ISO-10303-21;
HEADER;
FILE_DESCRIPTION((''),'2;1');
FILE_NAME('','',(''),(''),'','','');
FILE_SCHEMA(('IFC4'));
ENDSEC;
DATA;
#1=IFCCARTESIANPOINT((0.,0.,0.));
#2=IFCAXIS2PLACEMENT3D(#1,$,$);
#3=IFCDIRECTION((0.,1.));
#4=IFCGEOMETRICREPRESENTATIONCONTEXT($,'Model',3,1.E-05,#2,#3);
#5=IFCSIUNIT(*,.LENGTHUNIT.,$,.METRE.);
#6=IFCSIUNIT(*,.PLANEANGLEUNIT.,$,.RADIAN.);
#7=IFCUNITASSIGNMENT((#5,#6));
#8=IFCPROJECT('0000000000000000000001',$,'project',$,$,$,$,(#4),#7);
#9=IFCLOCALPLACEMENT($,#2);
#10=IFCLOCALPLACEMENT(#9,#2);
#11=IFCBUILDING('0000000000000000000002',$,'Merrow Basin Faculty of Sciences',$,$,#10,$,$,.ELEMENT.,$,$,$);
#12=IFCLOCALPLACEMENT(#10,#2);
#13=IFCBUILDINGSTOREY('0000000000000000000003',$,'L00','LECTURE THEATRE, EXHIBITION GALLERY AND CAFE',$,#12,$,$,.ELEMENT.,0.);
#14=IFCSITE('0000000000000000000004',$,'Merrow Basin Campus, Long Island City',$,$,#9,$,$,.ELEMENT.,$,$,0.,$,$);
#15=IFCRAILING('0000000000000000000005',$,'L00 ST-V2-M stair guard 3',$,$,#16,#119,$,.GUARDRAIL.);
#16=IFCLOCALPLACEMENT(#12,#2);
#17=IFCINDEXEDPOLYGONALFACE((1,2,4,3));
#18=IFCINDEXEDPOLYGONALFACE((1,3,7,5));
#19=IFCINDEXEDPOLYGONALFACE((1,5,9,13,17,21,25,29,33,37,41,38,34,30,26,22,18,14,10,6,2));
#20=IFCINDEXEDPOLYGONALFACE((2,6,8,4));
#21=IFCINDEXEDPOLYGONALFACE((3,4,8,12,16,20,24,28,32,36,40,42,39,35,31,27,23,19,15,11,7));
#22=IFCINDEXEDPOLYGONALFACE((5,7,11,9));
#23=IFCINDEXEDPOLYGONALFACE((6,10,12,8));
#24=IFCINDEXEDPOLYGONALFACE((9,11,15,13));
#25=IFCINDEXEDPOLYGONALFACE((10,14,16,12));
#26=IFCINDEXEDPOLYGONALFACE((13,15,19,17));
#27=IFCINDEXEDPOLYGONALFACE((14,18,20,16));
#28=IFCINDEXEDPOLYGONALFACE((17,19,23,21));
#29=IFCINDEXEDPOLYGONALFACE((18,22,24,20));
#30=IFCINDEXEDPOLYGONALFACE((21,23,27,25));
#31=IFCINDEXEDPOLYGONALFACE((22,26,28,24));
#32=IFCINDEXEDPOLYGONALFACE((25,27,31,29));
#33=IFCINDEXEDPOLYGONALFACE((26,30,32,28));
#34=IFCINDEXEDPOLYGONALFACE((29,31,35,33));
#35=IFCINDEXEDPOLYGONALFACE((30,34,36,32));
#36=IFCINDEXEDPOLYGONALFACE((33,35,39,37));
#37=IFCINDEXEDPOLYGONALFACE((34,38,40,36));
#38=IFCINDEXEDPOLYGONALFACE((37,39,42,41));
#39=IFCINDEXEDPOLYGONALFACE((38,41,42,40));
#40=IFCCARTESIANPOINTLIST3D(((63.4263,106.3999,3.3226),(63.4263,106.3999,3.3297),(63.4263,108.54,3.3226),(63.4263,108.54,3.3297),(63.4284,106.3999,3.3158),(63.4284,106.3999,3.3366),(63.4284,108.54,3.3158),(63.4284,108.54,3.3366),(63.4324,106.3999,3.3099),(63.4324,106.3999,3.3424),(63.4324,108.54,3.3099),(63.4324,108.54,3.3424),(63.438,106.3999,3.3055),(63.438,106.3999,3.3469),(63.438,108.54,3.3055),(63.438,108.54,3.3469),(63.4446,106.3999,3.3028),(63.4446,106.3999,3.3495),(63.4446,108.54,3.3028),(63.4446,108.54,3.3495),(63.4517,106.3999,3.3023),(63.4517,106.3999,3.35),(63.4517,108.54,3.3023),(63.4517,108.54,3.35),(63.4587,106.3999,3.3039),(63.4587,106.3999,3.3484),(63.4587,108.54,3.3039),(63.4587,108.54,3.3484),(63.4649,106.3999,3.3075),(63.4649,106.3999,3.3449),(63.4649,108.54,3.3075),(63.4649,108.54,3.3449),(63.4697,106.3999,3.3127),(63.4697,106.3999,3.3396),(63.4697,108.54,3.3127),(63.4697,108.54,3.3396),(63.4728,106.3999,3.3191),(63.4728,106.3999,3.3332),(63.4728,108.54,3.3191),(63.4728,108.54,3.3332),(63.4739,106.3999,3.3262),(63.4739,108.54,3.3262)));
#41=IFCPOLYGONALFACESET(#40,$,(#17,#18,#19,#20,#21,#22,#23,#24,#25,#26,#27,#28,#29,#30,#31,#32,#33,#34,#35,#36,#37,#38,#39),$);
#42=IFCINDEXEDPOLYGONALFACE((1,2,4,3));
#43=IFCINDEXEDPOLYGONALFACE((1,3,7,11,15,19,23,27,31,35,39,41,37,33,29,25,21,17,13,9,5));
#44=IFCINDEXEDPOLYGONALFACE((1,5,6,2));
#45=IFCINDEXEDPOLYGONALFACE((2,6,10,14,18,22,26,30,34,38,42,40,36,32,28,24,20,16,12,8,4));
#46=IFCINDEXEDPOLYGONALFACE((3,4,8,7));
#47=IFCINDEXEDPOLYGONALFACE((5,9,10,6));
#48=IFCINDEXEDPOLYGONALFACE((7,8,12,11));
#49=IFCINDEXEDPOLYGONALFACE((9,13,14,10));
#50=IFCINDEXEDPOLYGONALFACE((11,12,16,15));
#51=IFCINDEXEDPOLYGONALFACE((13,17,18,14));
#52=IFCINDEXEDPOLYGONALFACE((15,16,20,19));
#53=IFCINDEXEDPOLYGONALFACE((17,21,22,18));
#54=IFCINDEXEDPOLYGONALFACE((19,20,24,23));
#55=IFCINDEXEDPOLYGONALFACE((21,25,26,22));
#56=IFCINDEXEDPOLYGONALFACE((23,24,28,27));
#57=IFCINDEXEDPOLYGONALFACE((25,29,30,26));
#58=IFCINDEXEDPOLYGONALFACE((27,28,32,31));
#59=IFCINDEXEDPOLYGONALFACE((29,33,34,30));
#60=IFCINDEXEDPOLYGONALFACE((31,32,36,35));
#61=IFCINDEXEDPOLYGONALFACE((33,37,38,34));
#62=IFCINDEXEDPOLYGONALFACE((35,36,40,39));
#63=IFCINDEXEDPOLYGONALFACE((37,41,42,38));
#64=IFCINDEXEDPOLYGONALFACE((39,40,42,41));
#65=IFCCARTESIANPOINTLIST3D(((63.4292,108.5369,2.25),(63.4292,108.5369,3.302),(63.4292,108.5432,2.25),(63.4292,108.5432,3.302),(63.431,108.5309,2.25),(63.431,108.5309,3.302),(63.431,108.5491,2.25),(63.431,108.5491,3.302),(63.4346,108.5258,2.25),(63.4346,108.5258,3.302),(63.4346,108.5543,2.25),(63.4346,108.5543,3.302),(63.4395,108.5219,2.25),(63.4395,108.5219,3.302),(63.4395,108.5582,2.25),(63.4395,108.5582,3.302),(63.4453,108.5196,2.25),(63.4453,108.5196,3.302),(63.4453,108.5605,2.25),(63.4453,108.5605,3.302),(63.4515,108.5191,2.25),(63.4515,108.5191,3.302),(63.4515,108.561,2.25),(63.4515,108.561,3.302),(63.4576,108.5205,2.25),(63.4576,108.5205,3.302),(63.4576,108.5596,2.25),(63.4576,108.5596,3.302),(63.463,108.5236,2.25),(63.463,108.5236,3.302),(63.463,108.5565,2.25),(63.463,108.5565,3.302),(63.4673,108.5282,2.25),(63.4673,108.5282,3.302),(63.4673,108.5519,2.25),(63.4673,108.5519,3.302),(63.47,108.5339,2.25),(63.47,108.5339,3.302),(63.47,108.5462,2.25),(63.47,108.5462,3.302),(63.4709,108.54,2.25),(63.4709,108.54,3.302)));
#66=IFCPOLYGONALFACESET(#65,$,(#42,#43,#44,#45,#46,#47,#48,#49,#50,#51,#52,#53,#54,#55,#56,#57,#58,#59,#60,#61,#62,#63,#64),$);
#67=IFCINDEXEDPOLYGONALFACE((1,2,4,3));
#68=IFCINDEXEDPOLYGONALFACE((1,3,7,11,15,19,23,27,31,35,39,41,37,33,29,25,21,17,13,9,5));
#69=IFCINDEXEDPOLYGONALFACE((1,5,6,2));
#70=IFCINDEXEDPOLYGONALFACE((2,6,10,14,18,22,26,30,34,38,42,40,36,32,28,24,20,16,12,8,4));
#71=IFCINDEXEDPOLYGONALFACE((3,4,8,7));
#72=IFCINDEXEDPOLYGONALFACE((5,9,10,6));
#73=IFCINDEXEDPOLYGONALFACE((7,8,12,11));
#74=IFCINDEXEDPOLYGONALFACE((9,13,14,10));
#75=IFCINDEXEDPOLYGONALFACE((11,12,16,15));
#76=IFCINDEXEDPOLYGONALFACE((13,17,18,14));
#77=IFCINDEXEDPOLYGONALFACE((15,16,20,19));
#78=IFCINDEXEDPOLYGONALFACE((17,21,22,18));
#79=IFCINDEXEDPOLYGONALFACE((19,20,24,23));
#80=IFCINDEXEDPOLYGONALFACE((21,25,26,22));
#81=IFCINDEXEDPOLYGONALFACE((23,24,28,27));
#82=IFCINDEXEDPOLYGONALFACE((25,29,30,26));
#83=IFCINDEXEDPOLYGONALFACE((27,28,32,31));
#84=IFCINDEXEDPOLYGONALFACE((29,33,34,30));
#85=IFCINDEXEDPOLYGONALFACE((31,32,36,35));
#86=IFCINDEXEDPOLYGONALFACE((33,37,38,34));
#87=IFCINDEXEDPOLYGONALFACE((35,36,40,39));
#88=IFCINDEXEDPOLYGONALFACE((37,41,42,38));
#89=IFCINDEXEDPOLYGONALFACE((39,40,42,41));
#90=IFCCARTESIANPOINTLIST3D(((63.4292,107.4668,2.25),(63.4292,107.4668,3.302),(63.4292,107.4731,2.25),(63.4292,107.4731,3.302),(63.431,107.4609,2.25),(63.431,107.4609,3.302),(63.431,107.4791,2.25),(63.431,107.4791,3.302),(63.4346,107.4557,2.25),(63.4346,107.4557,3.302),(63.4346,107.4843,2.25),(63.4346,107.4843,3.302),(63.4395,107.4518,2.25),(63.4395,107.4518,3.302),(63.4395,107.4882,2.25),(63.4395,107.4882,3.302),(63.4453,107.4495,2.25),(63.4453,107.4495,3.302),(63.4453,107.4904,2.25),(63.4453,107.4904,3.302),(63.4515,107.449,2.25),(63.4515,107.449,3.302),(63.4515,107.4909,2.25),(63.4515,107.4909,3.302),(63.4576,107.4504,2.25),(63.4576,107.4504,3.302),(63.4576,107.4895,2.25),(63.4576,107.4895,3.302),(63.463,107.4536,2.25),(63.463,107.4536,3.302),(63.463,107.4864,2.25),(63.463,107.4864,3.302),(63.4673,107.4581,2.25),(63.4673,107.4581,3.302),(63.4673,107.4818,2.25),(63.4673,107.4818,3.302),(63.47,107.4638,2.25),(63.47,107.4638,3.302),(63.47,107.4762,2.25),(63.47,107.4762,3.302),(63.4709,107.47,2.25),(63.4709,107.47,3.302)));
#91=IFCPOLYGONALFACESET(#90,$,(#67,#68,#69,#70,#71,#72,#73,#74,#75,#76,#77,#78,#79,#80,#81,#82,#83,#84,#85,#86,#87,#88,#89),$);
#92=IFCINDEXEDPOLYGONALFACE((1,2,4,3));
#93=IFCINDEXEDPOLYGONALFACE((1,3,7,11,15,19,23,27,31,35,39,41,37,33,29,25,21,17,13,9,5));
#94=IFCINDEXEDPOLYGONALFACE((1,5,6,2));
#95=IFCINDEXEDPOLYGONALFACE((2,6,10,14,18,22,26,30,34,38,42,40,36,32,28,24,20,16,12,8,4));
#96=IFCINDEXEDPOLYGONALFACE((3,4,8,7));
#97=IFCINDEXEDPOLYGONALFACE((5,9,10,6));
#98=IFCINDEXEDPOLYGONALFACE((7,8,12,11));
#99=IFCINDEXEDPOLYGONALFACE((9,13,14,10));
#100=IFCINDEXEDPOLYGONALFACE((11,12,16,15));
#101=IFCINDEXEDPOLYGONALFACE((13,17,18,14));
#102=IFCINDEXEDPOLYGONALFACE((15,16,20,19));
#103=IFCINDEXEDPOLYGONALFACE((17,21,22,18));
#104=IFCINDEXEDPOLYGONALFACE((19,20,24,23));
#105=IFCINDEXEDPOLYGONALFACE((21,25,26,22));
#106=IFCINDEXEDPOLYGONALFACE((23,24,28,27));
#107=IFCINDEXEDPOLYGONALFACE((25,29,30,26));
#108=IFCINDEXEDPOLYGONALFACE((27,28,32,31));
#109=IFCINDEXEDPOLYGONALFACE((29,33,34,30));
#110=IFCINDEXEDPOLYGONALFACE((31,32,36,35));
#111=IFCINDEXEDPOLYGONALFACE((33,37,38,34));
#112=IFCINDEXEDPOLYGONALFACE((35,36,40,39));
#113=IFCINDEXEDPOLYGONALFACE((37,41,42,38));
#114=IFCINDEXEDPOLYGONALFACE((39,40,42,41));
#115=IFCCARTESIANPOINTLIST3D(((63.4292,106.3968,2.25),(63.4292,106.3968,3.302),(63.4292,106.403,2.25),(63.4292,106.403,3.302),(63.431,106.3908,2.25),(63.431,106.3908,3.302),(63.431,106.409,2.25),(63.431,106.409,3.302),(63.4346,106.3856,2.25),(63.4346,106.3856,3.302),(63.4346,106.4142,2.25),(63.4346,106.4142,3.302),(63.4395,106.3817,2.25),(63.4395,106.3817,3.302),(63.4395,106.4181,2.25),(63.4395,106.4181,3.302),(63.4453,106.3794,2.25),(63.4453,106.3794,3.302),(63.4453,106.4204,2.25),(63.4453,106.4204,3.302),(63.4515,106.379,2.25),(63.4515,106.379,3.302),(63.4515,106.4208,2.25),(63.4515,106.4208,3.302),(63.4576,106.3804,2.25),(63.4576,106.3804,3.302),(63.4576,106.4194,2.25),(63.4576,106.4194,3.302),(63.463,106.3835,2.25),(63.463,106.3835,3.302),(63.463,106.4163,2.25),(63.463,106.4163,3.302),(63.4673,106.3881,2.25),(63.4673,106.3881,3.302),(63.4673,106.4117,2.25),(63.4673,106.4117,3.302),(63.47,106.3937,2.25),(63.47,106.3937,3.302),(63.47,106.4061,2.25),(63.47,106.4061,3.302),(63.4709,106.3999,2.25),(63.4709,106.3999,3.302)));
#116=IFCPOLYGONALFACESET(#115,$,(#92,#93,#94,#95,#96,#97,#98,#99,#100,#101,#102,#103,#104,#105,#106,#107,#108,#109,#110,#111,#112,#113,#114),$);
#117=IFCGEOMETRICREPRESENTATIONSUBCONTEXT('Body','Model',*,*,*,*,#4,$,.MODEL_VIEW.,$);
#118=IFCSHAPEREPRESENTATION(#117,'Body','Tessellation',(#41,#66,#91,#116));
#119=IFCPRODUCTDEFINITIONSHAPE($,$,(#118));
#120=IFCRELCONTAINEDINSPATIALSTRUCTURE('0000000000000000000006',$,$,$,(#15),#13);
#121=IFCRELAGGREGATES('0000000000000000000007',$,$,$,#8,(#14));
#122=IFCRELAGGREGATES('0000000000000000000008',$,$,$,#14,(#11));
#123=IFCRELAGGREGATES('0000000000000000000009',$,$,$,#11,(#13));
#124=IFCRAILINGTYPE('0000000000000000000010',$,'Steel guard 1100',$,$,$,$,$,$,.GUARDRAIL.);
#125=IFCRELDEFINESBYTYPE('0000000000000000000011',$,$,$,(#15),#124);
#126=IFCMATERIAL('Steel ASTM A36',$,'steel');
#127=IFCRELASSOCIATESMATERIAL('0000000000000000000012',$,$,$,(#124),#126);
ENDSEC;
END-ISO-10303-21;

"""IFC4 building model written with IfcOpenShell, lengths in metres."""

from ifc_helpers import new_model, si_unit, direction, frame, origin, origin_2d, place, context, subcontext, project, spatial, circle, extrude, material, type_object, element, save


model = new_model("IFC4")

# Units and contexts
model_context = context("Model", 3, precision=1e-05, world=origin(), true_north=direction((0.0, 1.0)))
body_context = subcontext(model_context, "Body", "Model", "MODEL_VIEW")
ifc_project = project(units=[si_unit("LENGTHUNIT", "METRE"), si_unit("PLANEANGLEUNIT", "RADIAN")], contexts=[model_context])

# Site, building, storey
site_placement = place(None, origin())
site = spatial("IfcSite", under=ifc_project, at=site_placement, Name="Merrow Basin Campus, Long Island City", CompositionType="ELEMENT", RefElevation=0.0)
building_placement = place(site_placement, origin())
building = spatial("IfcBuilding", under=site, at=building_placement, Name="Merrow Basin Faculty of Sciences", CompositionType="ELEMENT")
storey_placement = place(building_placement, origin())
storey = spatial("IfcBuildingStorey", under=building, at=storey_placement, Name="L00", Description="LECTURE THEATRE, EXHIBITION GALLERY AND CAFE", CompositionType="ELEMENT", Elevation=0.0)

# Railing
ifc_material_1 = material(Name="Steel ASTM A36", Category="steel")
railing_type_1 = type_object("IfcRailingType", Name="Steel guard 1100", PredefinedType="GUARDRAIL", material=ifc_material_1)
railing_1_placement = place(storey_placement, frame((63.45, 108.54, 2.25)))
element("IfcRailing", 1, at=railing_1_placement, inside=storey, type_object=railing_type_1, Name="L00 ST-V2-M stair guard 3", PredefinedType="GUARDRAIL", context=body_context, shape_type="SweptSolid", body=[
    extrude(circle(Radius=0.0239, at=origin_2d()), frame((0.0, 0.0, 1.0762), z_axis=(0.0, -1.0, 0.0), x_axis=(1.0, 0.0, 0.0)), (0.0, 0.0, 1.0), 2.1401),
    extrude(circle(Radius=0.021, at=origin_2d()), origin(), (0.0, 0.0, 1.0), 1.052),
    extrude(circle(Radius=0.021, at=origin_2d()), frame((0.0, -1.0701, 0.0)), (0.0, 0.0, 1.0), 1.052),
    extrude(circle(Radius=0.021, at=origin_2d()), frame((0.0, -2.1401, 0.0)), (0.0, 0.0, 1.0), 1.052),
])

save(model, "model.ifc")
